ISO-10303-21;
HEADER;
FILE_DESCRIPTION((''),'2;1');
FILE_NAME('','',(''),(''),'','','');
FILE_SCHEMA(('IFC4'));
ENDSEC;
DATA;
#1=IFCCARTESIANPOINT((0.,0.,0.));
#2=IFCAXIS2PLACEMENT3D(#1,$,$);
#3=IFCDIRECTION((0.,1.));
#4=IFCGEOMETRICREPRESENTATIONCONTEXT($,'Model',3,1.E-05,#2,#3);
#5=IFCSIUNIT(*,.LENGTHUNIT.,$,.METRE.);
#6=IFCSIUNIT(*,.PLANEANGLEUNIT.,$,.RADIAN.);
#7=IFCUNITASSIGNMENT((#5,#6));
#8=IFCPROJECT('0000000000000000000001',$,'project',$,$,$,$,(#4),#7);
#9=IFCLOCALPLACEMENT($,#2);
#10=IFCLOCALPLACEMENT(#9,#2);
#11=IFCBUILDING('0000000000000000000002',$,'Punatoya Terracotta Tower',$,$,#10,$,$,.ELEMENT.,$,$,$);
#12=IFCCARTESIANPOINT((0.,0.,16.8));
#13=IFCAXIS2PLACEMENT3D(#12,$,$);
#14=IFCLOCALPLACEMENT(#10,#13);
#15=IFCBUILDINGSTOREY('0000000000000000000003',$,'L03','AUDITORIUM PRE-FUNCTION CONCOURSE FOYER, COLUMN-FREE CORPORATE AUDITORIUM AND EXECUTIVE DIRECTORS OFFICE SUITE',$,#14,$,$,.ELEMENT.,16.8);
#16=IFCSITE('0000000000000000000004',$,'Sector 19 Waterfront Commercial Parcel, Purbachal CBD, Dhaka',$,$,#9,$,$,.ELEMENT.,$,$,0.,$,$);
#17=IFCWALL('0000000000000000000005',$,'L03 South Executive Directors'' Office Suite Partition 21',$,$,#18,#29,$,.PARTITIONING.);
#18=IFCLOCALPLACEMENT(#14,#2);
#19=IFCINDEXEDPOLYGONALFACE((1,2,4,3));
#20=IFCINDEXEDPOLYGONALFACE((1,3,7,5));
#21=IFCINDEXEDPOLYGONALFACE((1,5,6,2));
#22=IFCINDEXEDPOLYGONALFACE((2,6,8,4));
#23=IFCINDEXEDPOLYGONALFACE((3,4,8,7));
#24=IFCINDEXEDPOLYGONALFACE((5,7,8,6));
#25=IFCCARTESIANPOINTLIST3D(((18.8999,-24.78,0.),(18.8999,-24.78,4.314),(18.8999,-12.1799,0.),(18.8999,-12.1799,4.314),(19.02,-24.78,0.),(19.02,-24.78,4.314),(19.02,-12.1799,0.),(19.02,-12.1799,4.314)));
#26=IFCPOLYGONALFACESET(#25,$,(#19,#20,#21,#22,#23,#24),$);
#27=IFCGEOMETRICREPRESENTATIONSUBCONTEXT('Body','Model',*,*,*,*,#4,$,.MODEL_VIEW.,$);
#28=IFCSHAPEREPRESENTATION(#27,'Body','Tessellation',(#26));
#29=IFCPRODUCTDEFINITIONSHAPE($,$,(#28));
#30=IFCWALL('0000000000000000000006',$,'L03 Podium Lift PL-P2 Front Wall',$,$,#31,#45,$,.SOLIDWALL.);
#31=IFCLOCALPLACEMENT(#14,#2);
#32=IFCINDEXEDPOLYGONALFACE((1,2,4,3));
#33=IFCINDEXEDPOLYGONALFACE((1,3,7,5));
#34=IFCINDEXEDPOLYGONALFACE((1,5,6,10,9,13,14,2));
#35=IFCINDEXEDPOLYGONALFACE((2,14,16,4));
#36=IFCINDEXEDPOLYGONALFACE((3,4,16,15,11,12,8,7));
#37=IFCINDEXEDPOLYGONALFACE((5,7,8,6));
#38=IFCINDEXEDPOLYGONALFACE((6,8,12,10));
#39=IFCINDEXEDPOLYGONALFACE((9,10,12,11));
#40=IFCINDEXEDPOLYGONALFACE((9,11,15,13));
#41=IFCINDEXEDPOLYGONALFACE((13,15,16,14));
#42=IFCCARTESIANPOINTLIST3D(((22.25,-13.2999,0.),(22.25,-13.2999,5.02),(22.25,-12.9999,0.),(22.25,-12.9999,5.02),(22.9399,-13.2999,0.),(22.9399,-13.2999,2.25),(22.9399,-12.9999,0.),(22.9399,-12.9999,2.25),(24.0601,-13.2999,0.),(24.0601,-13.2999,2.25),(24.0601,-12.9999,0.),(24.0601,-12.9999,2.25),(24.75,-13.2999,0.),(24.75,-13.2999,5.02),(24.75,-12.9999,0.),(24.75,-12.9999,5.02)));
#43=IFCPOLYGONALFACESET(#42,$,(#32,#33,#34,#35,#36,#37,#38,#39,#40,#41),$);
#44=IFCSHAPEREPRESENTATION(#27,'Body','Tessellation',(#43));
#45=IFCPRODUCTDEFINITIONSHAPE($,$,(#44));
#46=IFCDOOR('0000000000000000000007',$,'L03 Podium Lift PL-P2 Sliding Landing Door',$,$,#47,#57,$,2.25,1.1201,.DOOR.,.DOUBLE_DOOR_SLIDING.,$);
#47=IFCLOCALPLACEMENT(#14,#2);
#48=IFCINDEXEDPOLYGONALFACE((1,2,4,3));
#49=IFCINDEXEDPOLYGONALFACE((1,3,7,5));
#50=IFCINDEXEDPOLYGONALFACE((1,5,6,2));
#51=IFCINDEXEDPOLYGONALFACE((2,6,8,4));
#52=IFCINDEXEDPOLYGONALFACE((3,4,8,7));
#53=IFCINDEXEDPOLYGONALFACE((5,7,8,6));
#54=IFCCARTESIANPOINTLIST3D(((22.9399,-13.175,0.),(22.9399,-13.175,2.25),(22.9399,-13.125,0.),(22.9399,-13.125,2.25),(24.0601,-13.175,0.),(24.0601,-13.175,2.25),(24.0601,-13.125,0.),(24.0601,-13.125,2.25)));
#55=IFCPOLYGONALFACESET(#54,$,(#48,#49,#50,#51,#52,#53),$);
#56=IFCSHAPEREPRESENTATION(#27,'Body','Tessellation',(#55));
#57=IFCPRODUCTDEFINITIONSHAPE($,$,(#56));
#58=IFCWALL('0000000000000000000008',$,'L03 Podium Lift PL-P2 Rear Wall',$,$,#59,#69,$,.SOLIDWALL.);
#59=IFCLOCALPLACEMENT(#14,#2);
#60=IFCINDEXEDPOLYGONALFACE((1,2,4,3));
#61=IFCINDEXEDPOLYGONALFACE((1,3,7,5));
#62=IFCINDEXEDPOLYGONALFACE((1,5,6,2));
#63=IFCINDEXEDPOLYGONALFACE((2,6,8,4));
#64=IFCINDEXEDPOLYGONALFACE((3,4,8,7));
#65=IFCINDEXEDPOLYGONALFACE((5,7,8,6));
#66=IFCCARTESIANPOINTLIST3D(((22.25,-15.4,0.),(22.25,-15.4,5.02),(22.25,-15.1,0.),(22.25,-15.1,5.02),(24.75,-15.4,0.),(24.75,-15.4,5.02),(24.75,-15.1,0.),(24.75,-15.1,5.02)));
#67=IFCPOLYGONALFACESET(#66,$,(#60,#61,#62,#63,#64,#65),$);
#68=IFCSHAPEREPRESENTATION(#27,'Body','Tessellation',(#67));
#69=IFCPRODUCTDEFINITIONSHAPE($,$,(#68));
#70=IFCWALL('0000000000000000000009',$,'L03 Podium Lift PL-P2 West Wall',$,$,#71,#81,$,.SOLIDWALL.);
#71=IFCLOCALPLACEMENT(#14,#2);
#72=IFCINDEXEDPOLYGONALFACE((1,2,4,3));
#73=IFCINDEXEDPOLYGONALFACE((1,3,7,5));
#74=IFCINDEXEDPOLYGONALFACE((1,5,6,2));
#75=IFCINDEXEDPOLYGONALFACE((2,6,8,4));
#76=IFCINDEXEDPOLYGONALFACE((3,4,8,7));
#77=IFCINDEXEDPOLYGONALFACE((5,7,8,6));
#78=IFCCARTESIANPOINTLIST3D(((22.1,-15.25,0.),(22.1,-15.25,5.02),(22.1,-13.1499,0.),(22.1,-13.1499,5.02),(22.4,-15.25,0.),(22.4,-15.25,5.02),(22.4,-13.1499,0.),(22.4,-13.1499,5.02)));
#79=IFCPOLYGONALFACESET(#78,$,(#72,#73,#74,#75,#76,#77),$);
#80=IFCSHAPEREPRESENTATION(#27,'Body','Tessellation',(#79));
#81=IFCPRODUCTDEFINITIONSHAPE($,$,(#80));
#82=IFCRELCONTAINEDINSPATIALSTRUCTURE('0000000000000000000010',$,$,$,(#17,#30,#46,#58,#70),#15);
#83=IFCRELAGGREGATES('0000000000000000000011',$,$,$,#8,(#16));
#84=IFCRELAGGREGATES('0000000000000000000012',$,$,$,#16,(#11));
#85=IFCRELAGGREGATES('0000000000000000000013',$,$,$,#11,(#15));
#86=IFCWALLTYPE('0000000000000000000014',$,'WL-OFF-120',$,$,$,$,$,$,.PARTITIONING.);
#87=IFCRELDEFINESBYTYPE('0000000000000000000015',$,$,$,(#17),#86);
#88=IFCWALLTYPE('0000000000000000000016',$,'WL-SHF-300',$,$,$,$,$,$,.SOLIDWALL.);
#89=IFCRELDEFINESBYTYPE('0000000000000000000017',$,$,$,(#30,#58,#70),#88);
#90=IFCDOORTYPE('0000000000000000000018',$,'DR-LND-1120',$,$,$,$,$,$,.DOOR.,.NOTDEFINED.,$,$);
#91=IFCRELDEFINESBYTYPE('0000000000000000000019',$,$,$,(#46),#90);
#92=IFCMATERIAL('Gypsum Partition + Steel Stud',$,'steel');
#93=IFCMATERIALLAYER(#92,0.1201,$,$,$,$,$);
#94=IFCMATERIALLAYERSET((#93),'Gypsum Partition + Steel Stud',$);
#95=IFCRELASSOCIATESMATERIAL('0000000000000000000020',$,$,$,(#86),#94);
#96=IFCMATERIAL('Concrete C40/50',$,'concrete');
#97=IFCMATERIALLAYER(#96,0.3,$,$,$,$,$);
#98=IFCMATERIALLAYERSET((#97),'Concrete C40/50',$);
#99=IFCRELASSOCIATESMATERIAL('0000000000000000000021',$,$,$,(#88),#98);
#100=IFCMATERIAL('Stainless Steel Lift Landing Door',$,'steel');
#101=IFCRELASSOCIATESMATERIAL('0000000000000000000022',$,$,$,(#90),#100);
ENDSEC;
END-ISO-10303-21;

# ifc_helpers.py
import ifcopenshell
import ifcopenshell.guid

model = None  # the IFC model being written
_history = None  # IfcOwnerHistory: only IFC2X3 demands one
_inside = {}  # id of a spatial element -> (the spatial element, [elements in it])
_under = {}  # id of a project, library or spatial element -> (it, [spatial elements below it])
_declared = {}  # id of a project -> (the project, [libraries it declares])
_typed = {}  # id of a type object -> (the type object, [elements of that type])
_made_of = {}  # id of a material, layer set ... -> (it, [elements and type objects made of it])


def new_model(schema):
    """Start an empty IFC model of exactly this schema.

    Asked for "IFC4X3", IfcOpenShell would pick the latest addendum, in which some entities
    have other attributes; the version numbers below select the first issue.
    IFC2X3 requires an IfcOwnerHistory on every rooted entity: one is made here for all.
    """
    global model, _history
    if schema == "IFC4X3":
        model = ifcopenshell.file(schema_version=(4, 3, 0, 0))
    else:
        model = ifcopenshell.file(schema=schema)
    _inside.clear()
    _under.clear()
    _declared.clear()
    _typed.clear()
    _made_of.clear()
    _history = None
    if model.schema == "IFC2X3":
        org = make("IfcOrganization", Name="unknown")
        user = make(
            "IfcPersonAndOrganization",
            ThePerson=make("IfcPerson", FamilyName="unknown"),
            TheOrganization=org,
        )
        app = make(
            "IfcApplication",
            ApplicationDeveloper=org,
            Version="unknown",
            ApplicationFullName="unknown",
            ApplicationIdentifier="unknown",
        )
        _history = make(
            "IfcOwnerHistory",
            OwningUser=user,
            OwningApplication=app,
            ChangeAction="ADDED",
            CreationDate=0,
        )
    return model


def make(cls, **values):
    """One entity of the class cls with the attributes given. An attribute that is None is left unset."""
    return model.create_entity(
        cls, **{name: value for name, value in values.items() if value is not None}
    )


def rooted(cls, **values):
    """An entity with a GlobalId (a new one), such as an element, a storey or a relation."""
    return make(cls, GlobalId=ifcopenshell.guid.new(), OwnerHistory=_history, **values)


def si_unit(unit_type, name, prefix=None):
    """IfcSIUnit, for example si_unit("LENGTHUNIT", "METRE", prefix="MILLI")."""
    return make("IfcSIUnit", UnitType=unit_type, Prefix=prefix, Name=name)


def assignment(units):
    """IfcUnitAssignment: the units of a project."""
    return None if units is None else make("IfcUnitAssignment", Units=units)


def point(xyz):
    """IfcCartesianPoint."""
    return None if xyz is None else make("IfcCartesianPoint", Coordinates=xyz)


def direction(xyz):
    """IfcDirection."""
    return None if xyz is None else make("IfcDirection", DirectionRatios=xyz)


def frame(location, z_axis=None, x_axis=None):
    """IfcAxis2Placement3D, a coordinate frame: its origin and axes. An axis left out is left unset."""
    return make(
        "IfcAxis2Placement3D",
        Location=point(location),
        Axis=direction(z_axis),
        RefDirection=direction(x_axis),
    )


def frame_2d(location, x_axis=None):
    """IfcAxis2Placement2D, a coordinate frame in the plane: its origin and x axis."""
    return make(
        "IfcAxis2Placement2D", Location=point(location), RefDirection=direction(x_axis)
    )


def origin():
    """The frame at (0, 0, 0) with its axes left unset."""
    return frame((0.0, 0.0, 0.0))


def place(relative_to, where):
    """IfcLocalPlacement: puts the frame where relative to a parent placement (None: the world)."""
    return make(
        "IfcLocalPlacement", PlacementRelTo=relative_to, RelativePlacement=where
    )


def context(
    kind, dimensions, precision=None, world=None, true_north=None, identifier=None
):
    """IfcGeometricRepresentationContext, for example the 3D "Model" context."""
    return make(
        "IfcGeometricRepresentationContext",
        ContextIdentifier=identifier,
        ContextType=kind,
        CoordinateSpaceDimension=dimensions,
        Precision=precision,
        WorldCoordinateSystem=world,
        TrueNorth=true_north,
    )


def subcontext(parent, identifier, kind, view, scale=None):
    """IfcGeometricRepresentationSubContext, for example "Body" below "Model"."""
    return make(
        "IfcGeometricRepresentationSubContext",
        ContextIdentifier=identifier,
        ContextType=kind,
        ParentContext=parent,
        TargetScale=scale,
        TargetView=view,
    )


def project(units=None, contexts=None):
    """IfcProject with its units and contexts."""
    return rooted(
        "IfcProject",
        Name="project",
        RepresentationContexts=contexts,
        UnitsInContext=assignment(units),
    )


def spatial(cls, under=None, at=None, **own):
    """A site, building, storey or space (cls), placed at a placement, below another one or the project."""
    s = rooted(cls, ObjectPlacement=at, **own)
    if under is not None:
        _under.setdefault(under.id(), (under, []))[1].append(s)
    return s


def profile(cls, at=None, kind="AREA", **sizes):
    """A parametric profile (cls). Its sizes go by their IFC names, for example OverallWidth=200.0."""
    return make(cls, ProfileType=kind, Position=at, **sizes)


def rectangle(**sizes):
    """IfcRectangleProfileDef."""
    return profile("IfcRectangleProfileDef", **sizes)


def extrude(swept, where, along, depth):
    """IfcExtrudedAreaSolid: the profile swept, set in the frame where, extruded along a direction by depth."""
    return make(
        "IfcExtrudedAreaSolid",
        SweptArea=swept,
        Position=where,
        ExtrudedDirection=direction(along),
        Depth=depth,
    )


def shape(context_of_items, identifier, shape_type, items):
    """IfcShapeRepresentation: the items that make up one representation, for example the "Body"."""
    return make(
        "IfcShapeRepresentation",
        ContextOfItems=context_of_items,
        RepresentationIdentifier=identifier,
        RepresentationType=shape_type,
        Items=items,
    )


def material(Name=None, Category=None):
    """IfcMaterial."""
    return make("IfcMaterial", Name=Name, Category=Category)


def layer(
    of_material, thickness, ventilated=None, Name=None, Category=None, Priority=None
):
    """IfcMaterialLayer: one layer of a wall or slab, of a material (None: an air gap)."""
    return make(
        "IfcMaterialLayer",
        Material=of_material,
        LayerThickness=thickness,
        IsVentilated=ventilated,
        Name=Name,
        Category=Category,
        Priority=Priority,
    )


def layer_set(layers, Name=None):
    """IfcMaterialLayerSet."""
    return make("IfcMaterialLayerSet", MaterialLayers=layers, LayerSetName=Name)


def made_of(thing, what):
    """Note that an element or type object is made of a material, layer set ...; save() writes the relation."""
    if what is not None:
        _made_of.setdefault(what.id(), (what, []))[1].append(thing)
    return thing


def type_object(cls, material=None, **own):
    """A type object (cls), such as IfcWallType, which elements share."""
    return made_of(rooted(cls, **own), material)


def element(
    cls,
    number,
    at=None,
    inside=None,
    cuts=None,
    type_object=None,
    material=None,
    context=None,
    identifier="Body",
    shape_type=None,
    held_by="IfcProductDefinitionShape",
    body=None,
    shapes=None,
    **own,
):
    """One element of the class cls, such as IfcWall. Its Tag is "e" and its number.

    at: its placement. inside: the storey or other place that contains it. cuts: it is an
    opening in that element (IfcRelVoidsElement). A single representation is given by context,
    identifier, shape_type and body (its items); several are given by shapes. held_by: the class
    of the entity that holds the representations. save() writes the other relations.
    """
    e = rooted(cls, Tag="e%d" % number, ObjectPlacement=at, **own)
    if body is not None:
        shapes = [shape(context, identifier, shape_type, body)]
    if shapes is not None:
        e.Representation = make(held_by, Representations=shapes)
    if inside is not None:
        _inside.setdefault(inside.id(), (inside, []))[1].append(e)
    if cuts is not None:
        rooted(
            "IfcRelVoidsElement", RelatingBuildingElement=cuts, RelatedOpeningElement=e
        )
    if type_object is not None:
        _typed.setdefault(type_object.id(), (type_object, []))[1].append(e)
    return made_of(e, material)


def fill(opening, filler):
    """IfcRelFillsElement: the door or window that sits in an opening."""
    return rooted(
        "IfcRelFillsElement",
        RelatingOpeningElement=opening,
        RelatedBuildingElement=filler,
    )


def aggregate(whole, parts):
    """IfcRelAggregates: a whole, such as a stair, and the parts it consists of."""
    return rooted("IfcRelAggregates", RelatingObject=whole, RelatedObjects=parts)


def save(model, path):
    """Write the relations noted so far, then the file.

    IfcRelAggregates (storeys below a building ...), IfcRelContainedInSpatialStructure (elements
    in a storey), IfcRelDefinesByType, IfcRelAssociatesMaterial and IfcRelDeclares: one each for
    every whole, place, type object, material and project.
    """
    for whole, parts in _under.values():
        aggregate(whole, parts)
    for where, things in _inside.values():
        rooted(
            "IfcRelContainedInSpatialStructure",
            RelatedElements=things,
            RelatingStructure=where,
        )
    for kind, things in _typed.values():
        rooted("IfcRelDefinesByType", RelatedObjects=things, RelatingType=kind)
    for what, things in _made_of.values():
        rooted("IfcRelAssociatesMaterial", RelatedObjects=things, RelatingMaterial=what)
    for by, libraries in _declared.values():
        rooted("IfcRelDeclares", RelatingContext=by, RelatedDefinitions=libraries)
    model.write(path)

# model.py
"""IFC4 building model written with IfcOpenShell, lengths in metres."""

from ifc_helpers import new_model, si_unit, direction, frame, frame_2d, origin, place, context, subcontext, project, spatial, rectangle, extrude, material, layer, layer_set, type_object, element, fill, save


model = new_model("IFC4")

# Units and contexts
model_context = context("Model", 3, precision=1e-05, world=origin(), true_north=direction((0.0, 1.0)))
body_context = subcontext(model_context, "Body", "Model", "MODEL_VIEW")
ifc_project = project(units=[si_unit("LENGTHUNIT", "METRE"), si_unit("PLANEANGLEUNIT", "RADIAN")], contexts=[model_context])

# Site, building, storey
site_placement = place(None, origin())
site = spatial("IfcSite", under=ifc_project, at=site_placement, Name="Sector 19 Waterfront Commercial Parcel, Purbachal CBD, Dhaka", CompositionType="ELEMENT", RefElevation=0.0)
building_placement = place(site_placement, origin())
building = spatial("IfcBuilding", under=site, at=building_placement, Name="Punatoya Terracotta Tower", CompositionType="ELEMENT")
storey_placement = place(building_placement, frame((0.0, 0.0, 16.8)))
storey = spatial("IfcBuildingStorey", under=building, at=storey_placement, Name="L03", Description="AUDITORIUM PRE-FUNCTION CONCOURSE FOYER, COLUMN-FREE CORPORATE AUDITORIUM AND EXECUTIVE DIRECTORS OFFICE SUITE", CompositionType="ELEMENT", Elevation=16.8)

# Wall
ifc_material_1 = material(Name="Gypsum Partition + Steel Stud", Category="steel")
ifc_layer_1 = layer(ifc_material_1, 0.1201)
ifc_layer_set_1 = layer_set([ifc_layer_1], Name="Gypsum Partition + Steel Stud")
wall_type_1 = type_object("IfcWallType", Name="WL-OFF-120", PredefinedType="PARTITIONING", material=ifc_layer_set_1)
wall_1_placement = place(storey_placement, frame((18.96, -12.1799, 0.0), z_axis=(0.0, 0.0, 1.0), x_axis=(0.0, -1.0, 0.0)))
element("IfcWall", 1, at=wall_1_placement, inside=storey, type_object=wall_type_1, Name="L03 South Executive Directors' Office Suite Partition 21", PredefinedType="PARTITIONING", context=body_context, shape_type="SweptSolid", body=[
    extrude(rectangle(XDim=12.6001, YDim=0.1201, at=frame_2d((6.3, 0.0))), origin(), (0.0, 0.0, 1.0), 4.314),
])

# Wall, opening, door
ifc_material_2 = material(Name="Concrete C40/50", Category="concrete")
ifc_layer_2 = layer(ifc_material_2, 0.3)
ifc_layer_set_2 = layer_set([ifc_layer_2], Name="Concrete C40/50")
wall_type_2 = type_object("IfcWallType", Name="WL-SHF-300", PredefinedType="SOLIDWALL", material=ifc_layer_set_2)
wall_2_placement = place(storey_placement, frame((22.25, -13.1499, 0.0), z_axis=(0.0, 0.0, 1.0), x_axis=(1.0, 0.0, 0.0)))
wall_2 = element("IfcWall", 2, at=wall_2_placement, inside=storey, type_object=wall_type_2, Name="L03 Podium Lift PL-P2 Front Wall", PredefinedType="SOLIDWALL", context=body_context, shape_type="SweptSolid", body=[
    extrude(rectangle(XDim=2.5, YDim=0.3, at=frame_2d((1.25, 0.0))), origin(), (0.0, 0.0, 1.0), 5.02),
])
opening_1_placement = place(wall_2_placement, frame((0.6899, 0.0, 0.0)))
opening_1 = element("IfcOpeningElement", 3, at=opening_1_placement, cuts=wall_2, PredefinedType="OPENING", context=body_context, shape_type="SweptSolid", body=[
    extrude(rectangle(XDim=1.1201, YDim=2.25, at=frame_2d((0.5601, 1.125))), frame((0.0, 0.1599, 0.0), z_axis=(0.0, -1.0, 0.0), x_axis=(1.0, 0.0, 0.0)), (0.0, 0.0, 1.0), 0.3201),
])
ifc_material_3 = material(Name="Stainless Steel Lift Landing Door", Category="steel")
door_type_1 = type_object("IfcDoorType", Name="DR-LND-1120", OperationType="NOTDEFINED", PredefinedType="DOOR", material=ifc_material_3)
door_1_placement = place(opening_1_placement, origin())
door_1 = element("IfcDoor", 4, at=door_1_placement, inside=storey, type_object=door_type_1, Name="L03 Podium Lift PL-P2 Sliding Landing Door", OperationType="DOUBLE_DOOR_SLIDING", OverallHeight=2.25, OverallWidth=1.1201, PredefinedType="DOOR", context=body_context, shape_type="SweptSolid", body=[
    extrude(rectangle(XDim=1.1201, YDim=2.25, at=frame_2d((0.5601, 1.125))), frame((0.0, 0.0249, 0.0), z_axis=(0.0, -1.0, 0.0), x_axis=(1.0, 0.0, 0.0)), (0.0, 0.0, 1.0), 0.05),
])
fill(opening_1, door_1)

# Walls
wall_3_placement = place(storey_placement, frame((22.25, -15.25, 0.0), z_axis=(0.0, 0.0, 1.0), x_axis=(1.0, 0.0, 0.0)))
element("IfcWall", 5, at=wall_3_placement, inside=storey, type_object=wall_type_2, Name="L03 Podium Lift PL-P2 Rear Wall", PredefinedType="SOLIDWALL", context=body_context, shape_type="SweptSolid", body=[
    extrude(rectangle(XDim=2.5, YDim=0.3, at=frame_2d((1.25, 0.0))), origin(), (0.0, 0.0, 1.0), 5.02),
])
wall_4_placement = place(storey_placement, frame((22.25, -15.25, 0.0), z_axis=(0.0, 0.0, 1.0), x_axis=(0.0, 1.0, 0.0)))
element("IfcWall", 6, at=wall_4_placement, inside=storey, type_object=wall_type_2, Name="L03 Podium Lift PL-P2 West Wall", PredefinedType="SOLIDWALL", context=body_context, shape_type="SweptSolid", body=[
    extrude(rectangle(XDim=2.1001, YDim=0.3, at=frame_2d((1.05, 0.0))), origin(), (0.0, 0.0, 1.0), 5.02),
])

save(model, "model.ifc")
